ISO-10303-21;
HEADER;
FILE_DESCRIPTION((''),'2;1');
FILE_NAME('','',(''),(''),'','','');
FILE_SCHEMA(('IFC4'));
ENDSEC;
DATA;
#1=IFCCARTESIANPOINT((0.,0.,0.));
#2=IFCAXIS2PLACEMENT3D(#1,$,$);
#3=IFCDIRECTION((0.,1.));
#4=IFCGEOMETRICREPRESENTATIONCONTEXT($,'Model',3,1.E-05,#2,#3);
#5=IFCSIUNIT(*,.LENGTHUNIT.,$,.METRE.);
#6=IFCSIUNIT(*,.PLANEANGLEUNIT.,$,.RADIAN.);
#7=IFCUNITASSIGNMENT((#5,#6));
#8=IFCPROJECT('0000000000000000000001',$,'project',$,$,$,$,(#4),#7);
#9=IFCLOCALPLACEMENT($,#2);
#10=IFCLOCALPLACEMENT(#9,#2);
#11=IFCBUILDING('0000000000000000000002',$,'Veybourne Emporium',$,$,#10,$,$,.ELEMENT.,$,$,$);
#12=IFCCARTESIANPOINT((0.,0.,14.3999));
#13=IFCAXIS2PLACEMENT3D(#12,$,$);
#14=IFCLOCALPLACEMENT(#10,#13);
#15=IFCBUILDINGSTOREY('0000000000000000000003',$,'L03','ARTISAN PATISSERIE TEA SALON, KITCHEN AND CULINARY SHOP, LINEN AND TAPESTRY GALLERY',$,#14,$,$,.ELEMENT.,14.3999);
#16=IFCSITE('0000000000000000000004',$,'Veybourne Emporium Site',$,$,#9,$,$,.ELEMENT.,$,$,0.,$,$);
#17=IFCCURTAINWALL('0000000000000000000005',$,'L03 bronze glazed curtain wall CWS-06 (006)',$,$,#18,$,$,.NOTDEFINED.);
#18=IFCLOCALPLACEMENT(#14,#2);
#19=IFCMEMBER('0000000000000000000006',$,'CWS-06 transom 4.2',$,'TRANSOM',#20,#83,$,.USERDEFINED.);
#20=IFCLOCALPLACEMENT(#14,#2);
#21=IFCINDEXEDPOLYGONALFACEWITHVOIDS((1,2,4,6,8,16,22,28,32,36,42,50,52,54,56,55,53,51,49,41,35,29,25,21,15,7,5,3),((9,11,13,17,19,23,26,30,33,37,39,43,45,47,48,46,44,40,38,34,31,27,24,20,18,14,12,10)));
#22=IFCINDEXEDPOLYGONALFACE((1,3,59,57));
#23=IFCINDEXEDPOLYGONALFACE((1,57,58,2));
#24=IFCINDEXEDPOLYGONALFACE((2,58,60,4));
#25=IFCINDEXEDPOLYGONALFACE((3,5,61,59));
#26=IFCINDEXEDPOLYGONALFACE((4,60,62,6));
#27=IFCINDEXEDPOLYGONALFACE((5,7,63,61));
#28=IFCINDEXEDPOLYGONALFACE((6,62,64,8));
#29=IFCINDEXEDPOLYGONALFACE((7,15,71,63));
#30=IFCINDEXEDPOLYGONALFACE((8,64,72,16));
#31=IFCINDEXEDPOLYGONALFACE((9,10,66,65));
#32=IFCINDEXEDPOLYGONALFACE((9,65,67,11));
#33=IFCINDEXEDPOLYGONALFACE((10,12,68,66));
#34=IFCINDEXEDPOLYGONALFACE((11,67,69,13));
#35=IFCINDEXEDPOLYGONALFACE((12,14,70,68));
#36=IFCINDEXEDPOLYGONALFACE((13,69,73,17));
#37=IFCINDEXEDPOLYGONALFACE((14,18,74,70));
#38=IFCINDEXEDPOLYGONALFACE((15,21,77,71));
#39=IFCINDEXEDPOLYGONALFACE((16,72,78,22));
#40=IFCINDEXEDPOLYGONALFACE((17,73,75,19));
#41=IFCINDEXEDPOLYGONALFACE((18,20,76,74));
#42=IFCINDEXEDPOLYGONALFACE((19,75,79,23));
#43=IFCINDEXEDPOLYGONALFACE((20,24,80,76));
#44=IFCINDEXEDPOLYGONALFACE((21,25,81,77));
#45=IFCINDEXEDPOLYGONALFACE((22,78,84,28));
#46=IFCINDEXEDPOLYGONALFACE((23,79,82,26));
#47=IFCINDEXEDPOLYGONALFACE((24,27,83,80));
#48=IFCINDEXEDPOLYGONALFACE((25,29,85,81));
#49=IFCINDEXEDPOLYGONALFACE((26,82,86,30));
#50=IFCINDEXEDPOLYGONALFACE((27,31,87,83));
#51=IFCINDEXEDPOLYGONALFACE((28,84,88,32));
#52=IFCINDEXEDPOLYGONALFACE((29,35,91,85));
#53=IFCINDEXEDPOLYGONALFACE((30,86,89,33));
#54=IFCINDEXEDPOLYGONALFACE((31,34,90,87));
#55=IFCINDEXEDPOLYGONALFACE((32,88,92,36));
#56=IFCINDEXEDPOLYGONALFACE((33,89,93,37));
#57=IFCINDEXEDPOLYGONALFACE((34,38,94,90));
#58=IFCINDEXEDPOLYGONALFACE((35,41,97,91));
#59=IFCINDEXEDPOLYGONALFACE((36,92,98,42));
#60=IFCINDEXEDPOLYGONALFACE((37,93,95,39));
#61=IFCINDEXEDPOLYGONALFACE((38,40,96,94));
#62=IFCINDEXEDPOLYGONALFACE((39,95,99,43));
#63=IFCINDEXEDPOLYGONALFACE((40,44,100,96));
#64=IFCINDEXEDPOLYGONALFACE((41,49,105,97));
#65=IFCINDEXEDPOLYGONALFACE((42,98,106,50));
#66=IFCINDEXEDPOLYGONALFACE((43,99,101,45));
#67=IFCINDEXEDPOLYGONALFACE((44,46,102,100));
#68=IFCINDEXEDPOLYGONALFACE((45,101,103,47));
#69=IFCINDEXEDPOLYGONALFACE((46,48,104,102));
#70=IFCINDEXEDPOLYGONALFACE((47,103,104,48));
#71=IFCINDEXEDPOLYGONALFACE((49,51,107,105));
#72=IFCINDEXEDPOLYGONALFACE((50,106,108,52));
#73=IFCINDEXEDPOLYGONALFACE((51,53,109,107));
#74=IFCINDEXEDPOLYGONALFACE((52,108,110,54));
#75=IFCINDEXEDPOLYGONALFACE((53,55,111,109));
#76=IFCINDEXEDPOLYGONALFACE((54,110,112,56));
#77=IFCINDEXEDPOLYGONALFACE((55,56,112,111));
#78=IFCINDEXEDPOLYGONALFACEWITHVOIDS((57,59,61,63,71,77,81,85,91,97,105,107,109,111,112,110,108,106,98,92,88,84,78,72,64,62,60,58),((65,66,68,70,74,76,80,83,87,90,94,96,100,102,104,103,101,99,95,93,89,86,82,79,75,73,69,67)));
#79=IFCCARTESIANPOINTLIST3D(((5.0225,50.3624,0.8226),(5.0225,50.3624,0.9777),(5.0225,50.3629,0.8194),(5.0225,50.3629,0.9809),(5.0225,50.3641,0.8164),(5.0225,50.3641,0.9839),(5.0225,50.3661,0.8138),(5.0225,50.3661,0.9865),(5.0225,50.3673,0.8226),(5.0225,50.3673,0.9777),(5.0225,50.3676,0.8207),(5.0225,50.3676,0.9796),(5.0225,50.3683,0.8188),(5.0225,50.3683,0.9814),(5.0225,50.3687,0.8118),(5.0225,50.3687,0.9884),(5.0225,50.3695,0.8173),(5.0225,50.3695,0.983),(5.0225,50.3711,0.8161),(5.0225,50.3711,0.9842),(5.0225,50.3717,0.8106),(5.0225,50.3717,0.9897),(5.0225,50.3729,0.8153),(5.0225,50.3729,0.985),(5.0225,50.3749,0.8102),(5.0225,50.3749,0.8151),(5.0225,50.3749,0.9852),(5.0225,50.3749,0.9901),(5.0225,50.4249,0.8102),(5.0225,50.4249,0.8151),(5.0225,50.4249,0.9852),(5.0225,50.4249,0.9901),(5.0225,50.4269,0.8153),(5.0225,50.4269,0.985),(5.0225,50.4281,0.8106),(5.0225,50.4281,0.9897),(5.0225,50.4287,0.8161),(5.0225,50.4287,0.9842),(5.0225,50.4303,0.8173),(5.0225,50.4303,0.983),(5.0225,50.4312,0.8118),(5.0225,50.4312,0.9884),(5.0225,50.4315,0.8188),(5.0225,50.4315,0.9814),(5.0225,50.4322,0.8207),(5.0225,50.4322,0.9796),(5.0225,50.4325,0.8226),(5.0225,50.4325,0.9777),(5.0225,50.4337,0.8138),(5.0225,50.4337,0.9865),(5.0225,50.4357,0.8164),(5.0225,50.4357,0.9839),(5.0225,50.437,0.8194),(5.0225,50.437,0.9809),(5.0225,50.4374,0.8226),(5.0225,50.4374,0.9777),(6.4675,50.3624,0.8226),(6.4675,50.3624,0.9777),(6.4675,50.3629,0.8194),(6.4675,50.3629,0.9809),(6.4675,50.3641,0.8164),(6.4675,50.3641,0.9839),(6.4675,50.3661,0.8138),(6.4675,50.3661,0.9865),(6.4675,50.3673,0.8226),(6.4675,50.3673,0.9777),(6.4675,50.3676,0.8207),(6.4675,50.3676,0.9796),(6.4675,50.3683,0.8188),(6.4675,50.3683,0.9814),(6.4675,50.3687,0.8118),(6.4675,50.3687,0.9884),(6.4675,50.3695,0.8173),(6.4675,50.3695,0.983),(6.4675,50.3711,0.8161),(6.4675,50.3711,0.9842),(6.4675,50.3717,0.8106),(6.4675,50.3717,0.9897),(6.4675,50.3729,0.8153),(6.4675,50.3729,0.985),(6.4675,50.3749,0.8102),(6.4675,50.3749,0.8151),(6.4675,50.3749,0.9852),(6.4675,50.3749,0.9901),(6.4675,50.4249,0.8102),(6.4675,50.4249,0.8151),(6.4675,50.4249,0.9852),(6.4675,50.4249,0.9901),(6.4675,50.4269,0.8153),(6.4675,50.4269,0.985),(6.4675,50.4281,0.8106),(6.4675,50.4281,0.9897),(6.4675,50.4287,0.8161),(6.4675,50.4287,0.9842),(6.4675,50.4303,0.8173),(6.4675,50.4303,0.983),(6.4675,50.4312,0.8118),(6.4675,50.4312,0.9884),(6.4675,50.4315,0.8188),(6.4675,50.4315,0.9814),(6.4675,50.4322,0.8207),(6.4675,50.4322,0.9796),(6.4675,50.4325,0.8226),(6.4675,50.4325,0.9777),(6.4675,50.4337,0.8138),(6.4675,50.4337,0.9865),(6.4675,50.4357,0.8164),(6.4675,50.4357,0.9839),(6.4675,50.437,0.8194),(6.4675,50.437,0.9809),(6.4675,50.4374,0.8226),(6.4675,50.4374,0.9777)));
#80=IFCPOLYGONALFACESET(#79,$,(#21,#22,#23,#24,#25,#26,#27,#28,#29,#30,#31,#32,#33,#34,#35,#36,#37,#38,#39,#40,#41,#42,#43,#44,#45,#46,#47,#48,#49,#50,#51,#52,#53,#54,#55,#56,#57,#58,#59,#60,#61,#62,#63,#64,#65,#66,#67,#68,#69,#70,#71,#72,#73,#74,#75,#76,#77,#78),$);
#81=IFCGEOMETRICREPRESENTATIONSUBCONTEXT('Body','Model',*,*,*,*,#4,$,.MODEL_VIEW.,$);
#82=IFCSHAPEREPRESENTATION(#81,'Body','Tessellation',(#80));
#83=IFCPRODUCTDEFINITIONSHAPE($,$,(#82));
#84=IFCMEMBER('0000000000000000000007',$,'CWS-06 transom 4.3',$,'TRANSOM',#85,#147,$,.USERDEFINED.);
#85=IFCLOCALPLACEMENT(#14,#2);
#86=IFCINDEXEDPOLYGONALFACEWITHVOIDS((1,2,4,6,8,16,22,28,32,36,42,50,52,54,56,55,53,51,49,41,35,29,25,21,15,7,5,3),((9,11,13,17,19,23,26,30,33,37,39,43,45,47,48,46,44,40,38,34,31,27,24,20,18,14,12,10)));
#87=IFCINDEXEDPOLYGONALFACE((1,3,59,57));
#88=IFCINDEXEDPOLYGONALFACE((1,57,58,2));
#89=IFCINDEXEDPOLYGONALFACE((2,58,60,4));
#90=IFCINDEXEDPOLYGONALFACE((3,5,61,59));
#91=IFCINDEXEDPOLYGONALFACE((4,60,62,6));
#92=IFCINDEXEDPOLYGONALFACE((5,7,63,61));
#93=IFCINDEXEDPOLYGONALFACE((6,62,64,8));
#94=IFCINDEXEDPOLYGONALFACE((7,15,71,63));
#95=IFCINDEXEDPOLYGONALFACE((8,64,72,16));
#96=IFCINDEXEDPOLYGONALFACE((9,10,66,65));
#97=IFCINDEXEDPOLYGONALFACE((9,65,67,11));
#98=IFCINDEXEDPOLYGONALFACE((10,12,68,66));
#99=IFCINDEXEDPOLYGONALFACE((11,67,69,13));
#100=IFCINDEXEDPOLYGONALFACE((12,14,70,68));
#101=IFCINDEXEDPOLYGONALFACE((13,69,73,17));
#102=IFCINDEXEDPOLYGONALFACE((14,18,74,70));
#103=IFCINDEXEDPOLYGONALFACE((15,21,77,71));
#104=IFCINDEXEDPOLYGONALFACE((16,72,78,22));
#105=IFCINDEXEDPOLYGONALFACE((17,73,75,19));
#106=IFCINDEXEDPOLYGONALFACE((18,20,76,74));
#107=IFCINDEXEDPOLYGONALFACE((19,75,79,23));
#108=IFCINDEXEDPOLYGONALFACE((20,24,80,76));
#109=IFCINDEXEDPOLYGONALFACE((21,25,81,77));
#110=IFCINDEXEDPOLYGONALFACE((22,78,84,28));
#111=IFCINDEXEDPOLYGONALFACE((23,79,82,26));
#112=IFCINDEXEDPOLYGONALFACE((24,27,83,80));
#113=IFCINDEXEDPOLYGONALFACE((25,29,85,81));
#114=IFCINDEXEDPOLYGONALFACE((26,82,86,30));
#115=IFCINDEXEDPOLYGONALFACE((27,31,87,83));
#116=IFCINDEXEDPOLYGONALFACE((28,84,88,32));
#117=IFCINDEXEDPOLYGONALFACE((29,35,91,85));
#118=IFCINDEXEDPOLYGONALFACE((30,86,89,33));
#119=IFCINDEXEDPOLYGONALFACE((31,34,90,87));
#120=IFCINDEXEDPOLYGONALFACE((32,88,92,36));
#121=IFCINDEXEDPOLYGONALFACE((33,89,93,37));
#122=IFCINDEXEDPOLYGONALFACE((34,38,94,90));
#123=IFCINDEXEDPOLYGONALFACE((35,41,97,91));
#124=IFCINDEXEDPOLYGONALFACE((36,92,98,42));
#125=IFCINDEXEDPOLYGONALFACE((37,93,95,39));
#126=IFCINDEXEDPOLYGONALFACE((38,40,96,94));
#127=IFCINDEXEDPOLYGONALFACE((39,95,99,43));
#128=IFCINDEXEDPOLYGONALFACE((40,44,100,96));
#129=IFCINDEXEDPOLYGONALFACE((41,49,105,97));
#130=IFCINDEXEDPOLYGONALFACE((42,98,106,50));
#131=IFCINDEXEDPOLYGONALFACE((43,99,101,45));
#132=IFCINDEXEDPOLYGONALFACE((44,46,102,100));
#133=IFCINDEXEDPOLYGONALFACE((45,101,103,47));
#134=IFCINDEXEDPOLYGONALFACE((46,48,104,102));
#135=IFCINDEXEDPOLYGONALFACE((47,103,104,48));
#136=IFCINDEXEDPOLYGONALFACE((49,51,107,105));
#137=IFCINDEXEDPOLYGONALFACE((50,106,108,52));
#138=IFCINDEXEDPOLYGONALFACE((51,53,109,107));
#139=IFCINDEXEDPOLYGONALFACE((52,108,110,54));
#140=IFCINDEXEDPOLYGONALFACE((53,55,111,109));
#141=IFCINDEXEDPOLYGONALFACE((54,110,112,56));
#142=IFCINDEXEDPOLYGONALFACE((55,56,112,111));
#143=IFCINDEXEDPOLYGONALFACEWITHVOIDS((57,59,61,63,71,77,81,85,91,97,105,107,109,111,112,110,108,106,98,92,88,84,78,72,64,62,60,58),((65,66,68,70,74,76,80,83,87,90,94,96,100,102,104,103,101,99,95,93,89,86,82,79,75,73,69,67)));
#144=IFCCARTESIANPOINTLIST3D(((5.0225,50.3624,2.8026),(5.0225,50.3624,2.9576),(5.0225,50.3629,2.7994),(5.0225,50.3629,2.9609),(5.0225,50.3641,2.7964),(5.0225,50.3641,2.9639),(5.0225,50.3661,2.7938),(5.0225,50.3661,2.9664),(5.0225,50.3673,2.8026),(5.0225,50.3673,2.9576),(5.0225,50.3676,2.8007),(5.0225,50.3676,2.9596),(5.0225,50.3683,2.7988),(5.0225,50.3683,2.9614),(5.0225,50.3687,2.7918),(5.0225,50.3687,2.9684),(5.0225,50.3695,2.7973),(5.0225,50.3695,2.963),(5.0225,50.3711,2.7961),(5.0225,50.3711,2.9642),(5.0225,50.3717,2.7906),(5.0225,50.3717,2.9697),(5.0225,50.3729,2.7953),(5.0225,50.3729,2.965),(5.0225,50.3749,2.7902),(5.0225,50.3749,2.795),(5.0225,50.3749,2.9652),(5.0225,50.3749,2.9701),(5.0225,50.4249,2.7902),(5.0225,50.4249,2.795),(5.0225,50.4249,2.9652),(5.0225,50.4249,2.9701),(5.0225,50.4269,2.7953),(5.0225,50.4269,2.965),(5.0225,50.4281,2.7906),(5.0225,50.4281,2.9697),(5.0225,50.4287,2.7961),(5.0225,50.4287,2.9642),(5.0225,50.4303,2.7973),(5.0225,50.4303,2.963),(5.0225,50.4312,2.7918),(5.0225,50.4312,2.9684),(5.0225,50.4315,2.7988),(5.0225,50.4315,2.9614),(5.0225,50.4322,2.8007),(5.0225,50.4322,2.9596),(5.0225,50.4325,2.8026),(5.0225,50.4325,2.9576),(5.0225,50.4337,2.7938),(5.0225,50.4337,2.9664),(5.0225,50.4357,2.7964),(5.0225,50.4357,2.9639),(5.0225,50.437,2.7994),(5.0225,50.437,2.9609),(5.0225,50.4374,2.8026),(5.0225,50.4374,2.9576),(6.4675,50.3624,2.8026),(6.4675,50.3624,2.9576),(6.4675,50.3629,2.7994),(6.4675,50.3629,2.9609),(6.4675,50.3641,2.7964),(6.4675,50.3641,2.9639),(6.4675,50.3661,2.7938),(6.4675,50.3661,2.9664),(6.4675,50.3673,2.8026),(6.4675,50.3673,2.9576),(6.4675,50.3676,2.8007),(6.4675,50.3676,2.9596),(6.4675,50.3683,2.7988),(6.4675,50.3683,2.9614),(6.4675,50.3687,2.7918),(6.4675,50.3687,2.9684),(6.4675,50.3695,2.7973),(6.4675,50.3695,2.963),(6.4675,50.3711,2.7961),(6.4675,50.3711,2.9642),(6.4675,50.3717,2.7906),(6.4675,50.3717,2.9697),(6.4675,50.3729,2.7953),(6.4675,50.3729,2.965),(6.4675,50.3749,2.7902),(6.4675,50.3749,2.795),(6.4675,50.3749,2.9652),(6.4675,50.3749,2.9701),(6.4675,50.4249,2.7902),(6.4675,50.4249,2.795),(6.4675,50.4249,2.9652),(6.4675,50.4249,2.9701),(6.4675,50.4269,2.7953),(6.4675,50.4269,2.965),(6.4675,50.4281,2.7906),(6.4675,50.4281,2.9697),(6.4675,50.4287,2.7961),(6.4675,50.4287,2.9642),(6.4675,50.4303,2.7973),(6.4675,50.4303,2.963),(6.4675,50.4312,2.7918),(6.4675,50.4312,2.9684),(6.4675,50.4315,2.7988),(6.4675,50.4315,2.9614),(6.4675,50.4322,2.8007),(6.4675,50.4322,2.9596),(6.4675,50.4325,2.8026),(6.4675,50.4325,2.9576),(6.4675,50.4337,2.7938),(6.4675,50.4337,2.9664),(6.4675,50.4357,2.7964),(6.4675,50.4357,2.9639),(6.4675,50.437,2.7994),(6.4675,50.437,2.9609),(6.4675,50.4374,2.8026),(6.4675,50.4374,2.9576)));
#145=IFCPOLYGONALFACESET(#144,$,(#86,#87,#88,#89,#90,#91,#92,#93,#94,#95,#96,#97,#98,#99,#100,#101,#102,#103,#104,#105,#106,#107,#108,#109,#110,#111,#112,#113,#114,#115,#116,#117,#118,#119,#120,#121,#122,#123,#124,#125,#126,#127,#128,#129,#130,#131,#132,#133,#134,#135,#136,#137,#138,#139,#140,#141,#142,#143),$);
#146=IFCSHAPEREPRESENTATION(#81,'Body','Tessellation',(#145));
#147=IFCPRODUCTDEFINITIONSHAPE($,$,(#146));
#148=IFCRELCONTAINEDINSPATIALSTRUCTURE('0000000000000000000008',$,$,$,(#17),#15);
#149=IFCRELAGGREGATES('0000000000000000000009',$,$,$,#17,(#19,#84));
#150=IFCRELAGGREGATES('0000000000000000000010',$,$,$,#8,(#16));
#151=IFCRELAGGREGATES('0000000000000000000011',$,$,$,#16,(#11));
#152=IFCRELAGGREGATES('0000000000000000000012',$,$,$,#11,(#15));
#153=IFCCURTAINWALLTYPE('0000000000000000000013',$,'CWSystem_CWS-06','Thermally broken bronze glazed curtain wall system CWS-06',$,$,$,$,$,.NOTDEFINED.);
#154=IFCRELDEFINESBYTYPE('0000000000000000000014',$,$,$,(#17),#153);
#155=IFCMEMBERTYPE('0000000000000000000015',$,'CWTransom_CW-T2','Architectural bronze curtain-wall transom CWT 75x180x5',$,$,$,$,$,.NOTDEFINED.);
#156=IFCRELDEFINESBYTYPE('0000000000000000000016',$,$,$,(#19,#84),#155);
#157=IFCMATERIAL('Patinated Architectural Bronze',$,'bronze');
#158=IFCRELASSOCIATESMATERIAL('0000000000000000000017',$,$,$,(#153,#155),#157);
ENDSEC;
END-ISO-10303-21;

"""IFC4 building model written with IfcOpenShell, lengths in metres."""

from ifc_helpers import new_model, si_unit, direction, frame, origin, origin_2d, place, context, subcontext, project, spatial, hollow_rectangle, extrude, material, material_profile, profile_set, type_object, element, aggregate, save


model = new_model("IFC4")

# Units and contexts
model_context = context("Model", 3, precision=1e-05, world=origin(), true_north=direction((0.0, 1.0)))
body_context = subcontext(model_context, "Body", "Model", "MODEL_VIEW")
ifc_project = project(units=[si_unit("LENGTHUNIT", "METRE"), si_unit("PLANEANGLEUNIT", "RADIAN")], contexts=[model_context])

# Site, building, storey
site_placement = place(None, origin())
site = spatial("IfcSite", under=ifc_project, at=site_placement, Name="Veybourne Emporium Site", CompositionType="ELEMENT", RefElevation=0.0)
building_placement = place(site_placement, origin())
building = spatial("IfcBuilding", under=site, at=building_placement, Name="Veybourne Emporium", CompositionType="ELEMENT")
storey_placement = place(building_placement, frame((0.0, 0.0, 14.3999)))
storey = spatial("IfcBuildingStorey", under=building, at=storey_placement, Name="L03", Description="ARTISAN PATISSERIE TEA SALON, KITCHEN AND CULINARY SHOP, LINEN AND TAPESTRY GALLERY", CompositionType="ELEMENT", Elevation=14.3999)

# Curtain wall, members
ifc_material_1 = material(Name="Patinated Architectural Bronze", Category="bronze")
curtain_wall_type = type_object("IfcCurtainWallType", Name="CWSystem_CWS-06", Description="Thermally broken bronze glazed curtain wall system CWS-06", PredefinedType="NOTDEFINED", material=ifc_material_1)
curtain_wall_placement = place(storey_placement, origin())
curtain_wall = element("IfcCurtainWall", 1, at=curtain_wall_placement, inside=storey, type_object=curtain_wall_type, Name="L03 bronze glazed curtain wall CWS-06 (006)", PredefinedType="NOTDEFINED")
ifc_material_profile_1 = material_profile(ifc_material_1, hollow_rectangle(XDim=0.075, YDim=0.1799, WallThickness=0.0049, InnerFilletRadius=0.0076, OuterFilletRadius=0.0125, at=origin_2d()), Name="CWT 75x180x5")
ifc_profile_set_1 = profile_set([ifc_material_profile_1], Name="Patinated Architectural Bronze")
member_type_1 = type_object("IfcMemberType", Name="CWTransom_CW-T2", Description="Architectural bronze curtain-wall transom CWT 75x180x5", PredefinedType="NOTDEFINED", material=ifc_profile_set_1)
member_1_placement = place(storey_placement, frame((5.0225, 50.3999, 0.9001), z_axis=(1.0, 0.0, 0.0), x_axis=(0.0, 1.0, 0.0)))
member_1 = element("IfcMember", 2, at=member_1_placement, type_object=member_type_1, Name="CWS-06 transom 4.2", ObjectType="TRANSOM", PredefinedType="USERDEFINED", context=body_context, shape_type="SweptSolid", body=[
    extrude(hollow_rectangle(XDim=0.075, YDim=0.1799, WallThickness=0.0049, InnerFilletRadius=0.0076, OuterFilletRadius=0.0125, at=origin_2d()), origin(), (0.0, 0.0, 1.0), 1.4451),
])
member_2_placement = place(storey_placement, frame((5.0225, 50.3999, 2.8801), z_axis=(1.0, 0.0, 0.0), x_axis=(0.0, 1.0, 0.0)))
member_2 = element("IfcMember", 3, at=member_2_placement, type_object=member_type_1, Name="CWS-06 transom 4.3", ObjectType="TRANSOM", PredefinedType="USERDEFINED", context=body_context, shape_type="SweptSolid", body=[
    extrude(hollow_rectangle(XDim=0.075, YDim=0.1799, WallThickness=0.0049, InnerFilletRadius=0.0076, OuterFilletRadius=0.0125, at=origin_2d()), origin(), (0.0, 0.0, 1.0), 1.4451),
])
aggregate(curtain_wall, [member_1, member_2])

save(model, "model.ifc")
